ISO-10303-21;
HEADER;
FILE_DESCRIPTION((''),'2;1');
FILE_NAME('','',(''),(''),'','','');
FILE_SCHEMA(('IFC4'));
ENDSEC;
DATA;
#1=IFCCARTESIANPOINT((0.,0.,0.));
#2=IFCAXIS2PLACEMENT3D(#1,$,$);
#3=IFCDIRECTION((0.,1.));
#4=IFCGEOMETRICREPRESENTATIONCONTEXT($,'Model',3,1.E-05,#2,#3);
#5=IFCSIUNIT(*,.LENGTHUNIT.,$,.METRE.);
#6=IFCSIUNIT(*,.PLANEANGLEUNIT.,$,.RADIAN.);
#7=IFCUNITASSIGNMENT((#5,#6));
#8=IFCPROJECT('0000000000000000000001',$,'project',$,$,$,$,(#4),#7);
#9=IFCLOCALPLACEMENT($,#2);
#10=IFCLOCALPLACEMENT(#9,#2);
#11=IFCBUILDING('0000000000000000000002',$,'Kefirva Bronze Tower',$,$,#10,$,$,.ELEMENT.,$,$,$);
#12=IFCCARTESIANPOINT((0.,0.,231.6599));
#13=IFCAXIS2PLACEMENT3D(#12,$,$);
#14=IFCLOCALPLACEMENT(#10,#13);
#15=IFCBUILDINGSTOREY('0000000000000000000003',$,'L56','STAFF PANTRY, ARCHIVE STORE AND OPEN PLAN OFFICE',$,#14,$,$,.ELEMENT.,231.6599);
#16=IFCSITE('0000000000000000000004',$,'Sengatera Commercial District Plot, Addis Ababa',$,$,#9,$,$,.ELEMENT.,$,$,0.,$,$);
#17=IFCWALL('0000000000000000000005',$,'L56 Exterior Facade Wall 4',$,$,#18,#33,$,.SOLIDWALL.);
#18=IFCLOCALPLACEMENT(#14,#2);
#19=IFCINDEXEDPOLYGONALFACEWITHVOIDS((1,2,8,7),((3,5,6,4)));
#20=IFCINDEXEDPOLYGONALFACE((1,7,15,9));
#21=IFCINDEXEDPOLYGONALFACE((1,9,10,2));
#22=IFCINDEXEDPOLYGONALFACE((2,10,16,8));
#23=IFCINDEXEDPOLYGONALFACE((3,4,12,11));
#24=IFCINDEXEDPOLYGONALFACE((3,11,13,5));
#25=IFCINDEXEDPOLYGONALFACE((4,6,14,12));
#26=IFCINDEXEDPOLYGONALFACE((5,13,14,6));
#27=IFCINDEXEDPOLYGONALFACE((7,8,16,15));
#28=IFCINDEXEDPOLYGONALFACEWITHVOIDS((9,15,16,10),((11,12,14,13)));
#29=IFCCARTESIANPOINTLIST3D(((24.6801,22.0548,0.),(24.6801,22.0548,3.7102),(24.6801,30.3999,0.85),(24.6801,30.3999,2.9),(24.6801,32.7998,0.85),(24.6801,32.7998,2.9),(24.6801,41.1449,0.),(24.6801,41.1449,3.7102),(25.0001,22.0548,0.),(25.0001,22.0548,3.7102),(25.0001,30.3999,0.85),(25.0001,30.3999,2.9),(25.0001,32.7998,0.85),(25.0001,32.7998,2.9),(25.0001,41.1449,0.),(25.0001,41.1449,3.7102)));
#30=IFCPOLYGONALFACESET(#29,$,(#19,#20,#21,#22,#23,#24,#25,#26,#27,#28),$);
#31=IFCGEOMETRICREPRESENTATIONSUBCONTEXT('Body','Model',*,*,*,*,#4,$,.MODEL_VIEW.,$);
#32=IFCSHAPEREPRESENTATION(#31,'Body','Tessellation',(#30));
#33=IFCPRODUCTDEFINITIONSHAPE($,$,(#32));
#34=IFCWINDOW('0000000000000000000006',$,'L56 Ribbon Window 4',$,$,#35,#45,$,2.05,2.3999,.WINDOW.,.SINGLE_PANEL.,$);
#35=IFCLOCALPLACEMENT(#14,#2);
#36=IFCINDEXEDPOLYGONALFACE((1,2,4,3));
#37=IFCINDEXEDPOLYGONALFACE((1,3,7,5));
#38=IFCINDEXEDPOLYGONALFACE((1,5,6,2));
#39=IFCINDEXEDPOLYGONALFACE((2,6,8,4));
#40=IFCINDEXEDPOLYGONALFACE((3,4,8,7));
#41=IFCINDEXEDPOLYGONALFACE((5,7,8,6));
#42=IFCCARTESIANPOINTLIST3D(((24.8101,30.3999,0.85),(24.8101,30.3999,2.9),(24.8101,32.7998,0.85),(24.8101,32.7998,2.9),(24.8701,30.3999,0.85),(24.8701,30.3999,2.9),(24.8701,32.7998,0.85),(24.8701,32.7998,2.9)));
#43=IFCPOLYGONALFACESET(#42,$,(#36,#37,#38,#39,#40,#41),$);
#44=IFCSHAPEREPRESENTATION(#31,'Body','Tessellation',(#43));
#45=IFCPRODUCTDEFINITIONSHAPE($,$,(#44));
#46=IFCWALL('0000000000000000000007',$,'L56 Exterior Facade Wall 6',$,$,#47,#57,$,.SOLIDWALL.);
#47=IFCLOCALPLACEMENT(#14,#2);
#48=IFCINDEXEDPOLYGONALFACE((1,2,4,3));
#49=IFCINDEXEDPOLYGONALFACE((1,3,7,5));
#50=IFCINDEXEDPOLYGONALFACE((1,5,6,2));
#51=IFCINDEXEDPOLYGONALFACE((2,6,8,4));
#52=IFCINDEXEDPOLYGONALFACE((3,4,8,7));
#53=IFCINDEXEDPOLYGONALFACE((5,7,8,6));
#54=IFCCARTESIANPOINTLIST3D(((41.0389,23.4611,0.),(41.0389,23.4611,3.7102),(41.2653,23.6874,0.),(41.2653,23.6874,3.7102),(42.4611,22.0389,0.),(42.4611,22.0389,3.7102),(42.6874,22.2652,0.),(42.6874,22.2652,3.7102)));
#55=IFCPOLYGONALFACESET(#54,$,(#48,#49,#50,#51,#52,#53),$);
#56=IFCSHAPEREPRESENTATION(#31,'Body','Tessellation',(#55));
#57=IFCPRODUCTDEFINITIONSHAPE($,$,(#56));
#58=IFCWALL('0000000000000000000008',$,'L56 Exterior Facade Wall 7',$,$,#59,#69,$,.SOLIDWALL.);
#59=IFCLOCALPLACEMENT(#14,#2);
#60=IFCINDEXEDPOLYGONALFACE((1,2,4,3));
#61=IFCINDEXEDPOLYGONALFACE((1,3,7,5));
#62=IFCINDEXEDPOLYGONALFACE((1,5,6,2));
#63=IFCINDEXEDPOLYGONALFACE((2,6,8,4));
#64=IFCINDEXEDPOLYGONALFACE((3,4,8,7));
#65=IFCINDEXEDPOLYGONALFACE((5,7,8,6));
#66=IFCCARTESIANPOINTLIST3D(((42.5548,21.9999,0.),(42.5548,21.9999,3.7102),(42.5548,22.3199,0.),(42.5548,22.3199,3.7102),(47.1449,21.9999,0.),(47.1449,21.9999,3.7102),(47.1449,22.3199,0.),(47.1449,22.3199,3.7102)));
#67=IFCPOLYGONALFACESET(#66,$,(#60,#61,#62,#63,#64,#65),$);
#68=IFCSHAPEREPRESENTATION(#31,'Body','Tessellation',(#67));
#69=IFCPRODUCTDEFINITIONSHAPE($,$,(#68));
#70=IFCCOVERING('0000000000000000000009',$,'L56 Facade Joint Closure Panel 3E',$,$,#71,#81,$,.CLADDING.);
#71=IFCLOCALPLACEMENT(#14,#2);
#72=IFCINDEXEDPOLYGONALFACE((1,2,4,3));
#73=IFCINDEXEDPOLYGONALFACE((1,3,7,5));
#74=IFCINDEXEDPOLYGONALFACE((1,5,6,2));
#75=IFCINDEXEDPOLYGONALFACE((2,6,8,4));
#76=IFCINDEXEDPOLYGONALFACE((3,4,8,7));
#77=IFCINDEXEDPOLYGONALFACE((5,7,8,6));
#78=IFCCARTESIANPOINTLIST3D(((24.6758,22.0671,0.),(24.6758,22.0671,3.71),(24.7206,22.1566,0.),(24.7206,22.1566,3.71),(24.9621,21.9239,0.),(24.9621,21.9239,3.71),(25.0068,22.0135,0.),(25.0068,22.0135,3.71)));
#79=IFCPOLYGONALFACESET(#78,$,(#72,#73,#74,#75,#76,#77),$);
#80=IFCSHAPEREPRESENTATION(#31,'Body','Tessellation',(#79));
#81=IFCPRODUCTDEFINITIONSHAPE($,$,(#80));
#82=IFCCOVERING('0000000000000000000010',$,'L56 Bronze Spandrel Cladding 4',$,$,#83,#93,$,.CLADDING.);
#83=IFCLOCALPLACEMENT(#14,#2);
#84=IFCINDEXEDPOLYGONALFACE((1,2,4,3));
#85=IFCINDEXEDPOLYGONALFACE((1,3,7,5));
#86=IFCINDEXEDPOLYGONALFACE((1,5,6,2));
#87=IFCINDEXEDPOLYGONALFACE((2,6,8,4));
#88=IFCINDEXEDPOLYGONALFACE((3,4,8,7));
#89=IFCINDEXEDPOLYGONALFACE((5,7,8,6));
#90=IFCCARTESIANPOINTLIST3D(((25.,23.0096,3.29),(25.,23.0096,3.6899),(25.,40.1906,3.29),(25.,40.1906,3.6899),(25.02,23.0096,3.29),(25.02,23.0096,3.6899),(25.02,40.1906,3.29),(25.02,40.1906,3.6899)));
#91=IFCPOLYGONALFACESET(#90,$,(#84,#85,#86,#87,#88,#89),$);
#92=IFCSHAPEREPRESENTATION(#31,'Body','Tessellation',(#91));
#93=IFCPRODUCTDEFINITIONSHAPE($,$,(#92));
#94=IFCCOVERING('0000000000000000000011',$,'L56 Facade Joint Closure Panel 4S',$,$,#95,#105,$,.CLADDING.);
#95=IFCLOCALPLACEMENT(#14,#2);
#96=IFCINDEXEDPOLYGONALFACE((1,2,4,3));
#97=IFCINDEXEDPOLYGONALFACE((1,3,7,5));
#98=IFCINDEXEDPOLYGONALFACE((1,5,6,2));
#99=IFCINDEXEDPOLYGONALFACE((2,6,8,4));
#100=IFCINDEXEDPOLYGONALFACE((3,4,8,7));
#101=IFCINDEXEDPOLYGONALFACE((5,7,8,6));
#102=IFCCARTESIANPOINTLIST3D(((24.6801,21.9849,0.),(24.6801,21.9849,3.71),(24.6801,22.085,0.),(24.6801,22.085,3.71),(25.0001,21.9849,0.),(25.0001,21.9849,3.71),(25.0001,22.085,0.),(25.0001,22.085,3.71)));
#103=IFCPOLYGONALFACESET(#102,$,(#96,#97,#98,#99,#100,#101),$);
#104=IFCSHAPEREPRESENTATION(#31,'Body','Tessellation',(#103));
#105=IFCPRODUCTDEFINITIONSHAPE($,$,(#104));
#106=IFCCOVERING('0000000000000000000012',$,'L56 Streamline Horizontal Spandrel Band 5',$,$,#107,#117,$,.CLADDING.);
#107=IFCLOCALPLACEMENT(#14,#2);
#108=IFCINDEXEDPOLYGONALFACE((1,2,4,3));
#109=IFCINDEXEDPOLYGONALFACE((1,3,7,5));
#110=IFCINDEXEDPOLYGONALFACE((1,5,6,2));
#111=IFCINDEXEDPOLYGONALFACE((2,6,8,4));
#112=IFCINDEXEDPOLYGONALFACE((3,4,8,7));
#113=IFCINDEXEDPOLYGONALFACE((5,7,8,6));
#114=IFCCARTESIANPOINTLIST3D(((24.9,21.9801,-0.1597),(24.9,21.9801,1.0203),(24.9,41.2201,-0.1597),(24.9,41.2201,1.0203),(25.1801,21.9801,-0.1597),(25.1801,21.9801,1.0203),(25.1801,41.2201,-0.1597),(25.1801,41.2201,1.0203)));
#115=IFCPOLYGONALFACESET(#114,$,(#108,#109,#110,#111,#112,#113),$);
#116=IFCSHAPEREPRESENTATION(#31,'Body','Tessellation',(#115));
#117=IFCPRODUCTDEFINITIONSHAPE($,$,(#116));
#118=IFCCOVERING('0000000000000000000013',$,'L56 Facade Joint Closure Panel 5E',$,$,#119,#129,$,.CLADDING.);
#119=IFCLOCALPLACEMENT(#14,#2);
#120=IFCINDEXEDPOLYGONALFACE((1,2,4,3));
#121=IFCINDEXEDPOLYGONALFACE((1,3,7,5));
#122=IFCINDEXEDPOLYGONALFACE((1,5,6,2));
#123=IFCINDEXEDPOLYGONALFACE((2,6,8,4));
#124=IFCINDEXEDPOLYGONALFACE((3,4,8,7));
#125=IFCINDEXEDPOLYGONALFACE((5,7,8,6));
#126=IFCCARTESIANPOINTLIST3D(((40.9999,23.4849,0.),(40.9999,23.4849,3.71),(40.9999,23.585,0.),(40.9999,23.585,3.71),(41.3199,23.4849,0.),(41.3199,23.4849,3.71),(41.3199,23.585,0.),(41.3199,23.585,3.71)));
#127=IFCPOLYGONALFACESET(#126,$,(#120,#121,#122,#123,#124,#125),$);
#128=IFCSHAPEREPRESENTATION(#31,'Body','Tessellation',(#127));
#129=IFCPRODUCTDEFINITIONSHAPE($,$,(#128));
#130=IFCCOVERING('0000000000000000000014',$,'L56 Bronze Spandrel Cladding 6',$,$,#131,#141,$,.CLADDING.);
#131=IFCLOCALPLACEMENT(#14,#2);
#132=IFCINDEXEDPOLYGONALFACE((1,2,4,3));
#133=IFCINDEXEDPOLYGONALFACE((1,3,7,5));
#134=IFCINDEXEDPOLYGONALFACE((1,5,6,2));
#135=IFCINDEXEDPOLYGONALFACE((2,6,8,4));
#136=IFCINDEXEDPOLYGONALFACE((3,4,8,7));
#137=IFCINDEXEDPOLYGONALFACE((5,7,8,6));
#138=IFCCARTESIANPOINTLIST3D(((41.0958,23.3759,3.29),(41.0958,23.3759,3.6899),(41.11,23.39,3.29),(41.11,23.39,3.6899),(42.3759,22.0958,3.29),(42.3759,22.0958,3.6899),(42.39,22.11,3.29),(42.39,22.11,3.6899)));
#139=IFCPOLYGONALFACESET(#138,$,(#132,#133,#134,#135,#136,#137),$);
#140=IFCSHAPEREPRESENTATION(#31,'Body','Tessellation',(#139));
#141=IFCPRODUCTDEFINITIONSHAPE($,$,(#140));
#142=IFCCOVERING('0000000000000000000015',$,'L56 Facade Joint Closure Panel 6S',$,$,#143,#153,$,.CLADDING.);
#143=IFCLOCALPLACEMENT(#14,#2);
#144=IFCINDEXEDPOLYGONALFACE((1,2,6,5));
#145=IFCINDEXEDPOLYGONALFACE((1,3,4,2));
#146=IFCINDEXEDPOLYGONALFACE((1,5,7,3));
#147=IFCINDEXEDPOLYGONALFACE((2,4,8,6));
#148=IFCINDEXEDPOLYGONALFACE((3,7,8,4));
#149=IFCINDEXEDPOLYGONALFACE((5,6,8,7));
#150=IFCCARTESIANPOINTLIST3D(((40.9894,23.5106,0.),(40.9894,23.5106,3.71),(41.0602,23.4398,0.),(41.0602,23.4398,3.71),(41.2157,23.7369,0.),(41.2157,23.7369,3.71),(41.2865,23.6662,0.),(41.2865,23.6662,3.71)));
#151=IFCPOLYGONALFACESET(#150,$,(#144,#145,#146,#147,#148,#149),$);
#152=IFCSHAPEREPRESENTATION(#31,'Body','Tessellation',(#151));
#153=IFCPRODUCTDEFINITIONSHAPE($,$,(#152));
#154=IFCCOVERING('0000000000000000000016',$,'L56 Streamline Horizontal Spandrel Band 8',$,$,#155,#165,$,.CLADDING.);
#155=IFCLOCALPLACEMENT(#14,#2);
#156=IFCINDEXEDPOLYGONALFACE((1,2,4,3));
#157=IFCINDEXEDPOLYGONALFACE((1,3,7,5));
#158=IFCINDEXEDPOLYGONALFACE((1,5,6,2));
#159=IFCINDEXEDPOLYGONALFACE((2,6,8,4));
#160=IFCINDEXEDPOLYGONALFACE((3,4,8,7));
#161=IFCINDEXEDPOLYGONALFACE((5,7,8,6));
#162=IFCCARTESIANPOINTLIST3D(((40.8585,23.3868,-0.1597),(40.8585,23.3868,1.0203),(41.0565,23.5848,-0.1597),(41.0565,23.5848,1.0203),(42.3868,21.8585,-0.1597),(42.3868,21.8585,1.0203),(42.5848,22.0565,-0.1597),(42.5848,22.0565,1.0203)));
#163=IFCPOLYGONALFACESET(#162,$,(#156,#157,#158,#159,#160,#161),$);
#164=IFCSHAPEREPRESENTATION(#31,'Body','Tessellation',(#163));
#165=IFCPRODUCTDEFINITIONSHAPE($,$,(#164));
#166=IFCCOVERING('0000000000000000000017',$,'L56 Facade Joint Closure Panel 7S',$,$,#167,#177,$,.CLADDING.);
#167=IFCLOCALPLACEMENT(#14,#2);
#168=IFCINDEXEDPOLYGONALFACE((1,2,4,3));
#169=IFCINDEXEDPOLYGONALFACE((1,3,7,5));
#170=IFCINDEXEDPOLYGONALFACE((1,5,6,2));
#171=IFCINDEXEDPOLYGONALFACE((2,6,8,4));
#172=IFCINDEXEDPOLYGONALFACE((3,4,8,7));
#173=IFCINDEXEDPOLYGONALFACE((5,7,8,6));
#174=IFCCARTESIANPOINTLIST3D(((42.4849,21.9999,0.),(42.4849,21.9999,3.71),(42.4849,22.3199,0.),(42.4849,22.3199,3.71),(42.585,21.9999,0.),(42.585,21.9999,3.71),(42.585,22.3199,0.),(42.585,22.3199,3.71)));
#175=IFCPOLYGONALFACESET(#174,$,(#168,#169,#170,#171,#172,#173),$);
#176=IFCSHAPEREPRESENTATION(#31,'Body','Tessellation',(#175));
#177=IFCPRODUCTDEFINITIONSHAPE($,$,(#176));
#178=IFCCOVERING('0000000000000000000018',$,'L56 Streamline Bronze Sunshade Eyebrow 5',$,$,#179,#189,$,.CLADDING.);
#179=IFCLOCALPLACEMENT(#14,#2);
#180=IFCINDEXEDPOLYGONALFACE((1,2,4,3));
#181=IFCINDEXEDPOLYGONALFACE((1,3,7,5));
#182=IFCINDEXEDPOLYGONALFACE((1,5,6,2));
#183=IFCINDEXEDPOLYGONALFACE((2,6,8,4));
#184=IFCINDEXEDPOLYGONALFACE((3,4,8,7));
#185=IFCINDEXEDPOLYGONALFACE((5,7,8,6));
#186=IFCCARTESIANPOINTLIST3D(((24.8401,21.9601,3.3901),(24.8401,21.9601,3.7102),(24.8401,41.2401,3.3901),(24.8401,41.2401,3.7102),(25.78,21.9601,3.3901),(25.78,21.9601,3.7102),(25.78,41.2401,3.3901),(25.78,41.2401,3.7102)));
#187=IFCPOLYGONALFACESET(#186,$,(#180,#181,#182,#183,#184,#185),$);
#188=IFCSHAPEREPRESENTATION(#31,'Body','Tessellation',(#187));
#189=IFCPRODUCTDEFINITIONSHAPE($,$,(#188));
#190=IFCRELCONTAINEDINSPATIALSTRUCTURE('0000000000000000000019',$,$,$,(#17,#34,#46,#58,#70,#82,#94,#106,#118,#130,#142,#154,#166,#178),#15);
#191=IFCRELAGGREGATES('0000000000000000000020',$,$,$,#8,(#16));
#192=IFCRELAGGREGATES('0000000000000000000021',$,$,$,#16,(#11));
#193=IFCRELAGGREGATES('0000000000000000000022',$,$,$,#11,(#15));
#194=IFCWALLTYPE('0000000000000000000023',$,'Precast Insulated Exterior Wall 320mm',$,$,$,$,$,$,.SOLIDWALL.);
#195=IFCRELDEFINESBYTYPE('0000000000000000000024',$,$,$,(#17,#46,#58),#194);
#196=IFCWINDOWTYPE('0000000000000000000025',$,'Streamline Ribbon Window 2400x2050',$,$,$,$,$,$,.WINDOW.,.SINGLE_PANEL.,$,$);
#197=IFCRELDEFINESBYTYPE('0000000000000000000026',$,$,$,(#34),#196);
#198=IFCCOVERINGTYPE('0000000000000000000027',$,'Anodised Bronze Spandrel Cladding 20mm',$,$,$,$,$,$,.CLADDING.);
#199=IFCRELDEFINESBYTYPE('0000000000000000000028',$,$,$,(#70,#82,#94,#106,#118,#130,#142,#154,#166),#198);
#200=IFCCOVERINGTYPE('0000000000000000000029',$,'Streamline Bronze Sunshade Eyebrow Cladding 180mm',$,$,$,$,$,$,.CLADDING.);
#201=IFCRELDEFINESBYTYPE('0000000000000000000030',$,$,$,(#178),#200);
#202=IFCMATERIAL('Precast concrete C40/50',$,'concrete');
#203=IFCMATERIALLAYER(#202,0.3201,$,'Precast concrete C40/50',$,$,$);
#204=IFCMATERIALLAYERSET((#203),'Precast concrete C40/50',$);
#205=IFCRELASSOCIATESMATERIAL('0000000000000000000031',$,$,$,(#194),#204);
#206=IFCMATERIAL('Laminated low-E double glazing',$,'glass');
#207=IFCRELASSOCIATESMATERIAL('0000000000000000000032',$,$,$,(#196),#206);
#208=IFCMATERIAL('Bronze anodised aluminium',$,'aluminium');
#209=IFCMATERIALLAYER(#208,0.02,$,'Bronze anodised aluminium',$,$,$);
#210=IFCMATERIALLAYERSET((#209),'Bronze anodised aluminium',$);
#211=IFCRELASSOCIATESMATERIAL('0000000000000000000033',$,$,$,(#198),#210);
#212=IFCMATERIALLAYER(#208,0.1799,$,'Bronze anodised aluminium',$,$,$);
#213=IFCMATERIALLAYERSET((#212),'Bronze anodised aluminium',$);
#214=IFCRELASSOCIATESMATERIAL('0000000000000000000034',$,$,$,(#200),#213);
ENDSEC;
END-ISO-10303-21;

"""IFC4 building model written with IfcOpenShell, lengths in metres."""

from ifc_helpers import new_model, si_unit, direction, frame, frame_2d, origin, origin_2d, place, context, subcontext, project, spatial, rectangle, extrude, material, layer, layer_set, type_object, element, fill, save


model = new_model("IFC4")

# Units and contexts
model_context = context("Model", 3, precision=1e-05, world=origin(), true_north=direction((0.0, 1.0)))
body_context = subcontext(model_context, "Body", "Model", "MODEL_VIEW")
ifc_project = project(units=[si_unit("LENGTHUNIT", "METRE"), si_unit("PLANEANGLEUNIT", "RADIAN")], contexts=[model_context])

# Site, building, storey
site_placement = place(None, origin())
site = spatial("IfcSite", under=ifc_project, at=site_placement, Name="Sengatera Commercial District Plot, Addis Ababa", CompositionType="ELEMENT", RefElevation=0.0)
building_placement = place(site_placement, origin())
building = spatial("IfcBuilding", under=site, at=building_placement, Name="Kefirva Bronze Tower", CompositionType="ELEMENT")
storey_placement = place(building_placement, frame((0.0, 0.0, 231.6599)))
storey = spatial("IfcBuildingStorey", under=building, at=storey_placement, Name="L56", Description="STAFF PANTRY, ARCHIVE STORE AND OPEN PLAN OFFICE", CompositionType="ELEMENT", Elevation=231.6599)

# Wall, opening, window
ifc_material_1 = material(Name="Precast concrete C40/50", Category="concrete")
ifc_layer_1 = layer(ifc_material_1, 0.3201, Name="Precast concrete C40/50")
ifc_layer_set_1 = layer_set([ifc_layer_1], Name="Precast concrete C40/50")
wall_type = type_object("IfcWallType", Name="Precast Insulated Exterior Wall 320mm", PredefinedType="SOLIDWALL", material=ifc_layer_set_1)
wall_1_placement = place(storey_placement, frame((24.8401, 22.0549, 0.0), z_axis=(0.0, 0.0, 1.0), x_axis=(0.0, 1.0, 0.0)))
wall_1 = element("IfcWall", 1, at=wall_1_placement, inside=storey, type_object=wall_type, Name="L56 Exterior Facade Wall 4", PredefinedType="SOLIDWALL", context=body_context, shape_type="SweptSolid", body=[
    extrude(rectangle(XDim=19.0901, YDim=0.3201, at=frame_2d((9.5449, 0.0))), origin(), (0.0, 0.0, 1.0), 3.7102),
])
opening_placement = place(wall_1_placement, frame((8.345, 0.0, 0.8501)))
opening = element("IfcOpeningElement", 2, at=opening_placement, cuts=wall_1, PredefinedType="OPENING", context=body_context, shape_type="SweptSolid", body=[
    extrude(rectangle(XDim=2.3999, YDim=2.05, at=frame_2d((1.2, 1.0249))), frame((0.0, 0.1699, 0.0), z_axis=(0.0, -1.0, 0.0), x_axis=(1.0, 0.0, 0.0)), (0.0, 0.0, 1.0), 0.3401),
])
ifc_material_2 = material(Name="Laminated low-E double glazing", Category="glass")
window_type = type_object("IfcWindowType", Name="Streamline Ribbon Window 2400x2050", PartitioningType="SINGLE_PANEL", PredefinedType="WINDOW", material=ifc_material_2)
window_placement = place(opening_placement, origin())
window = element("IfcWindow", 3, at=window_placement, inside=storey, type_object=window_type, Name="L56 Ribbon Window 4", OverallHeight=2.05, OverallWidth=2.3999, PartitioningType="SINGLE_PANEL", PredefinedType="WINDOW", context=body_context, shape_type="SweptSolid", body=[
    extrude(rectangle(XDim=2.3999, YDim=2.05, at=frame_2d((1.2, 1.0249))), frame((0.0, 0.03, 0.0), z_axis=(0.0, -1.0, 0.0), x_axis=(1.0, 0.0, 0.0)), (0.0, 0.0, 1.0), 0.0601),
])
fill(opening, window)

# Walls
wall_2_placement = place(storey_placement, frame((41.1521, 23.5742, 0.0), z_axis=(0.0, 0.0, 1.0), x_axis=(0.707107, -0.707107, 0.0)))
element("IfcWall", 4, at=wall_2_placement, inside=storey, type_object=wall_type, Name="L56 Exterior Facade Wall 6", PredefinedType="SOLIDWALL", context=body_context, shape_type="SweptSolid", body=[
    extrude(rectangle(XDim=2.0112, YDim=0.3201, at=frame_2d((1.0056, 0.0))), origin(), (0.0, 0.0, 1.0), 3.7102),
])
wall_3_placement = place(storey_placement, frame((42.5549, 22.1599, 0.0), z_axis=(0.0, 0.0, 1.0), x_axis=(1.0, 0.0, 0.0)))
element("IfcWall", 5, at=wall_3_placement, inside=storey, type_object=wall_type, Name="L56 Exterior Facade Wall 7", PredefinedType="SOLIDWALL", context=body_context, shape_type="SweptSolid", body=[
    extrude(rectangle(XDim=4.5901, YDim=0.3201, at=frame_2d((2.2949, 0.0))), origin(), (0.0, 0.0, 1.0), 3.7102),
])

# Coverings
ifc_material_3 = material(Name="Bronze anodised aluminium", Category="aluminium")
ifc_layer_2 = layer(ifc_material_3, 0.02, Name="Bronze anodised aluminium")
ifc_layer_set_2 = layer_set([ifc_layer_2], Name="Bronze anodised aluminium")
covering_type_1 = type_object("IfcCoveringType", Name="Anodised Bronze Spandrel Cladding 20mm", PredefinedType="CLADDING", material=ifc_layer_set_2)
covering_1_placement = place(storey_placement, frame((24.8413, 22.0403, 0.0), z_axis=(0.0, 0.0, 1.0), x_axis=(0.447214, 0.894427, 0.0)))
element("IfcCovering", 6, at=covering_1_placement, inside=storey, type_object=covering_type_1, Name="L56 Facade Joint Closure Panel 3E", PredefinedType="CLADDING", context=body_context, shape_type="SweptSolid", body=[
    extrude(rectangle(XDim=0.1001, YDim=0.3201, at=origin_2d()), origin(), (0.0, 0.0, 1.0), 3.71),
])
covering_2_placement = place(storey_placement, frame((25.01, 31.6001, 3.29), z_axis=(0.0, 0.0, 1.0), x_axis=(0.0, 1.0, 0.0)))
element("IfcCovering", 7, at=covering_2_placement, inside=storey, type_object=covering_type_1, Name="L56 Bronze Spandrel Cladding 4", PredefinedType="CLADDING", context=body_context, shape_type="SweptSolid", body=[
    extrude(rectangle(XDim=17.1809, YDim=0.02, at=origin_2d()), origin(), (0.0, 0.0, 1.0), 0.3999),
])
covering_3_placement = place(storey_placement, frame((24.8401, 22.0349, 0.0), z_axis=(0.0, 0.0, 1.0), x_axis=(0.0, 1.0, 0.0)))
element("IfcCovering", 8, at=covering_3_placement, inside=storey, type_object=covering_type_1, Name="L56 Facade Joint Closure Panel 4S", PredefinedType="CLADDING", context=body_context, shape_type="SweptSolid", body=[
    extrude(rectangle(XDim=0.1001, YDim=0.3201, at=origin_2d()), origin(), (0.0, 0.0, 1.0), 3.71),
])
covering_4_placement = place(storey_placement, frame((25.04, 31.6001, -0.1597), z_axis=(0.0, 0.0, 1.0), x_axis=(0.0, 1.0, 0.0)))
element("IfcCovering", 9, at=covering_4_placement, inside=storey, type_object=covering_type_1, Name="L56 Streamline Horizontal Spandrel Band 5", PredefinedType="CLADDING", context=body_context, shape_type="SweptSolid", body=[
    extrude(rectangle(XDim=19.24, YDim=0.28, at=origin_2d()), origin(), (0.0, 0.0, 1.0), 1.1799),
])
covering_5_placement = place(storey_placement, frame((41.1599, 23.5349, 0.0), z_axis=(0.0, 0.0, 1.0), x_axis=(0.0, -1.0, 0.0)))
element("IfcCovering", 10, at=covering_5_placement, inside=storey, type_object=covering_type_1, Name="L56 Facade Joint Closure Panel 5E", PredefinedType="CLADDING", context=body_context, shape_type="SweptSolid", body=[
    extrude(rectangle(XDim=0.1001, YDim=0.3201, at=origin_2d()), origin(), (0.0, 0.0, 1.0), 3.71),
])
covering_6_placement = place(storey_placement, frame((41.7429, 22.7429, 3.29), z_axis=(0.0, 0.0, 1.0), x_axis=(0.707107, -0.707107, 0.0)))
element("IfcCovering", 11, at=covering_6_placement, inside=storey, type_object=covering_type_1, Name="L56 Bronze Spandrel Cladding 6", PredefinedType="CLADDING", context=body_context, shape_type="SweptSolid", body=[
    extrude(rectangle(XDim=1.8103, YDim=0.02, at=origin_2d()), origin(), (0.0, 0.0, 1.0), 0.3999),
])
covering_7_placement = place(storey_placement, frame((41.1379, 23.5884, 0.0), z_axis=(0.0, 0.0, 1.0), x_axis=(0.707107, -0.707107, 0.0)))
element("IfcCovering", 12, at=covering_7_placement, inside=storey, type_object=covering_type_1, Name="L56 Facade Joint Closure Panel 6S", PredefinedType="CLADDING", context=body_context, shape_type="SweptSolid", body=[
    extrude(rectangle(XDim=0.1001, YDim=0.3201, at=origin_2d()), origin(), (0.0, 0.0, 1.0), 3.71),
])
covering_8_placement = place(storey_placement, frame((41.7217, 22.7217, -0.1597), z_axis=(0.0, 0.0, 1.0), x_axis=(0.707107, -0.707107, 0.0)))
element("IfcCovering", 13, at=covering_8_placement, inside=storey, type_object=covering_type_1, Name="L56 Streamline Horizontal Spandrel Band 8", PredefinedType="CLADDING", context=body_context, shape_type="SweptSolid", body=[
    extrude(rectangle(XDim=2.1614, YDim=0.28, at=origin_2d()), origin(), (0.0, 0.0, 1.0), 1.1799),
])
covering_9_placement = place(storey_placement, frame((42.5349, 22.1599, 0.0), z_axis=(0.0, 0.0, 1.0), x_axis=(1.0, 0.0, 0.0)))
element("IfcCovering", 14, at=covering_9_placement, inside=storey, type_object=covering_type_1, Name="L56 Facade Joint Closure Panel 7S", PredefinedType="CLADDING", context=body_context, shape_type="SweptSolid", body=[
    extrude(rectangle(XDim=0.1001, YDim=0.3201, at=origin_2d()), origin(), (0.0, 0.0, 1.0), 3.71),
])
ifc_layer_3 = layer(ifc_material_3, 0.1799, Name="Bronze anodised aluminium")
ifc_layer_set_3 = layer_set([ifc_layer_3], Name="Bronze anodised aluminium")
covering_type_2 = type_object("IfcCoveringType", Name="Streamline Bronze Sunshade Eyebrow Cladding 180mm", PredefinedType="CLADDING", material=ifc_layer_set_3)
covering_10_placement = place(storey_placement, frame((25.3101, 31.6001, 3.3901), z_axis=(0.0, 0.0, 1.0), x_axis=(0.0, 1.0, 0.0)))
element("IfcCovering", 15, at=covering_10_placement, inside=storey, type_object=covering_type_2, Name="L56 Streamline Bronze Sunshade Eyebrow 5", PredefinedType="CLADDING", context=body_context, shape_type="SweptSolid", body=[
    extrude(rectangle(XDim=19.28, YDim=0.9399, at=origin_2d()), origin(), (0.0, 0.0, 1.0), 0.3201),
])

save(model, "model.ifc")
